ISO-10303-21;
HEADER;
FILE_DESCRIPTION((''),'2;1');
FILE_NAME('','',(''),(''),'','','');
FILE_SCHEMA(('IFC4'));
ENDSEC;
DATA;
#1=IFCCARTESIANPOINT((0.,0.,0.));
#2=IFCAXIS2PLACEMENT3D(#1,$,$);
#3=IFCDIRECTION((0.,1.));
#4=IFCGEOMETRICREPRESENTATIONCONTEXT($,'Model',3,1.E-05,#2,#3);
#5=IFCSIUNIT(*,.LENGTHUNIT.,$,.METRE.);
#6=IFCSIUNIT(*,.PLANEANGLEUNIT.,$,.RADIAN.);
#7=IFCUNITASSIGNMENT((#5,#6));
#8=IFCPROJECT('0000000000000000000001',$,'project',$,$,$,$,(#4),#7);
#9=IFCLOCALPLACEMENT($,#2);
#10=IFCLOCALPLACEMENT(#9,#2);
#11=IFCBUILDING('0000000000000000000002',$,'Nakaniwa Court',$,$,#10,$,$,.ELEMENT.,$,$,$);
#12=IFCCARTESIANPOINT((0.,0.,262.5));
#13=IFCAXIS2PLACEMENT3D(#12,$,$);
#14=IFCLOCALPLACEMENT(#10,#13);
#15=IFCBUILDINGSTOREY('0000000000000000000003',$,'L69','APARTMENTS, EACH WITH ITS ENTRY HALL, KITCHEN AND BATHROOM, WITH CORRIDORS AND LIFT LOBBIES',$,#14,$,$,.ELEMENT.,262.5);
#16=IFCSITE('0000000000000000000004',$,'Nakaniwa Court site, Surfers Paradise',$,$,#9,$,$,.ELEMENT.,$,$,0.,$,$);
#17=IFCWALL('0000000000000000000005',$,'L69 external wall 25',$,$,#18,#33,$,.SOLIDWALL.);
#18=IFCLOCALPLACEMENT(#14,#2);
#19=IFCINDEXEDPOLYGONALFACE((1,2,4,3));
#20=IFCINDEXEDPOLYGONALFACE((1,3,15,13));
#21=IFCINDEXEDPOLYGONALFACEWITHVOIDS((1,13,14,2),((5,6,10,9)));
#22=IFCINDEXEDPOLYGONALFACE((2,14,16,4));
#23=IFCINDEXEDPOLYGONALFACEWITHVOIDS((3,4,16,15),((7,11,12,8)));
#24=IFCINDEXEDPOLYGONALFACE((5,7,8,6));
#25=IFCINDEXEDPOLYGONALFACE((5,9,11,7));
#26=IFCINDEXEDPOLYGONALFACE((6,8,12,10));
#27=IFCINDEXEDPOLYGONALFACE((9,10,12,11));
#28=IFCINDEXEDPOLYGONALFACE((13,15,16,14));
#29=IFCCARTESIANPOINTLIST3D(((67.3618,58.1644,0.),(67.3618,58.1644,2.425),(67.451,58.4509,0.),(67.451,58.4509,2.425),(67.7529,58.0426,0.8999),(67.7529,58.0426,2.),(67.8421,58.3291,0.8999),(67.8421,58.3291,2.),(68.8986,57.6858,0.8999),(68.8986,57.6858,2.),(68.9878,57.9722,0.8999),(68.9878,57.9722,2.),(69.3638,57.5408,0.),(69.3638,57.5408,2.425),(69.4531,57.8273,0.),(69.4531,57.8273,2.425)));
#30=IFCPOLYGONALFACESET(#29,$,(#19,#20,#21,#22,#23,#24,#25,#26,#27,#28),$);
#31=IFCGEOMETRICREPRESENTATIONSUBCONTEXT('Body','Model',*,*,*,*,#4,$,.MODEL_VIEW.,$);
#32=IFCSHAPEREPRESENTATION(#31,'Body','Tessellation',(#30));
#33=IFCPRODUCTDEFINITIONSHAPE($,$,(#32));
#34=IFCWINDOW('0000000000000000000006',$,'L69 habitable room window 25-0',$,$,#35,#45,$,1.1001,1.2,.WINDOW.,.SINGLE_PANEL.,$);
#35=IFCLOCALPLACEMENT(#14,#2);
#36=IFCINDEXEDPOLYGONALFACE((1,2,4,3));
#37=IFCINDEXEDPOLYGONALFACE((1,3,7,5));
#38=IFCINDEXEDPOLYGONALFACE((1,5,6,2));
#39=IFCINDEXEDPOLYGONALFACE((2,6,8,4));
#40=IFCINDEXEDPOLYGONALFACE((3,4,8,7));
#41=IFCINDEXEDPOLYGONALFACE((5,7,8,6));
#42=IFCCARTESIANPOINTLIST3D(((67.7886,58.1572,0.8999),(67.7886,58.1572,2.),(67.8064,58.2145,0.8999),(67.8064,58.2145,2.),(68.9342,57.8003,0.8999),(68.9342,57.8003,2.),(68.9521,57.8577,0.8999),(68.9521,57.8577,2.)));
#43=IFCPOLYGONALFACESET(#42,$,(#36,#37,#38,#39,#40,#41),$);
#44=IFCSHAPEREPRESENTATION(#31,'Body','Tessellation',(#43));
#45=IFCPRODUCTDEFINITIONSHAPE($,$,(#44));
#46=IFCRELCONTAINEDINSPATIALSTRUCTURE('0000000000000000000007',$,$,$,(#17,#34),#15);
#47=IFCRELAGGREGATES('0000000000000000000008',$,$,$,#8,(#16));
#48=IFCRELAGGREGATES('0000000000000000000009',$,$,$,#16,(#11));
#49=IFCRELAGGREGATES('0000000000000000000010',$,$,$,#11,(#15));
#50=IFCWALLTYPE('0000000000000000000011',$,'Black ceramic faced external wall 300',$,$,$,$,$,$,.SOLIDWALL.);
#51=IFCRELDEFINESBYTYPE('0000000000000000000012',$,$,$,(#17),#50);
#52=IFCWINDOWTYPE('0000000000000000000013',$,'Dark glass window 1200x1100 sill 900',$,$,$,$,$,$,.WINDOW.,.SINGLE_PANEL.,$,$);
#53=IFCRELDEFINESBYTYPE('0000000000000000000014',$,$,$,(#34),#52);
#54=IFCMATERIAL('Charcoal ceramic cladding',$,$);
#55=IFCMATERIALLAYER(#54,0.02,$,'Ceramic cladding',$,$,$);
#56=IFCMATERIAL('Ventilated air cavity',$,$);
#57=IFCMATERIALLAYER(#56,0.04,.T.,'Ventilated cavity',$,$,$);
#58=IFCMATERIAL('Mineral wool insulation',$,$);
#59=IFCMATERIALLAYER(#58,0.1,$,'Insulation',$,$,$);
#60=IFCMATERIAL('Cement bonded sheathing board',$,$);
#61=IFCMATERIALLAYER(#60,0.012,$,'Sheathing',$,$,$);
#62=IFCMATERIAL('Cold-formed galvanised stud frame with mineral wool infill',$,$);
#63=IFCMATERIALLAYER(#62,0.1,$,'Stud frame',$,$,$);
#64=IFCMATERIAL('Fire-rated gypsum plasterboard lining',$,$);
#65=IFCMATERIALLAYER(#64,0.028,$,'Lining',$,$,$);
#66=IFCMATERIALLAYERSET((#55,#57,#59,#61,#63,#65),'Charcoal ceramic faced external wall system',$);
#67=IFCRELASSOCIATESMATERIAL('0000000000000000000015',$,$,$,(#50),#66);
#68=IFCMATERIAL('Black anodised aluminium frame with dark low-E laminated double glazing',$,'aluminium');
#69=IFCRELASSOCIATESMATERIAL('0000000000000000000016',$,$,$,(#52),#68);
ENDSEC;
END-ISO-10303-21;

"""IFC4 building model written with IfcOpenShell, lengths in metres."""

from ifc_helpers import new_model, si_unit, direction, frame, frame_2d, origin, place, context, subcontext, project, spatial, rectangle, extrude, material, layer, layer_set, type_object, element, fill, save


model = new_model("IFC4")

# Units and contexts
model_context = context("Model", 3, precision=1e-05, world=origin(), true_north=direction((0.0, 1.0)))
body_context = subcontext(model_context, "Body", "Model", "MODEL_VIEW")
ifc_project = project(units=[si_unit("LENGTHUNIT", "METRE"), si_unit("PLANEANGLEUNIT", "RADIAN")], contexts=[model_context])

# Site, building, storey
site_placement = place(None, origin())
site = spatial("IfcSite", under=ifc_project, at=site_placement, Name="Nakaniwa Court site, Surfers Paradise", CompositionType="ELEMENT", RefElevation=0.0)
building_placement = place(site_placement, origin())
building = spatial("IfcBuilding", under=site, at=building_placement, Name="Nakaniwa Court", CompositionType="ELEMENT")
storey_placement = place(building_placement, frame((0.0, 0.0, 262.5)))
storey = spatial("IfcBuildingStorey", under=building, at=storey_placement, Name="L69", Description="APARTMENTS, EACH WITH ITS ENTRY HALL, KITCHEN AND BATHROOM, WITH CORRIDORS AND LIFT LOBBIES", CompositionType="ELEMENT", Elevation=262.5)

# Wall, opening, window
ifc_material_1 = material(Name="Charcoal ceramic cladding")
ifc_layer_1 = layer(ifc_material_1, 0.02, Name="Ceramic cladding")
ifc_material_2 = material(Name="Ventilated air cavity")
ifc_layer_2 = layer(ifc_material_2, 0.04, ventilated=True, Name="Ventilated cavity")
ifc_material_3 = material(Name="Mineral wool insulation")
ifc_layer_3 = layer(ifc_material_3, 0.1, Name="Insulation")
ifc_material_4 = material(Name="Cement bonded sheathing board")
ifc_layer_4 = layer(ifc_material_4, 0.012, Name="Sheathing")
ifc_material_5 = material(Name="Cold-formed galvanised stud frame with mineral wool infill")
ifc_layer_5 = layer(ifc_material_5, 0.1, Name="Stud frame")
ifc_material_6 = material(Name="Fire-rated gypsum plasterboard lining")
ifc_layer_6 = layer(ifc_material_6, 0.028, Name="Lining")
ifc_layer_set_1 = layer_set([ifc_layer_1, ifc_layer_2, ifc_layer_3, ifc_layer_4, ifc_layer_5, ifc_layer_6], Name="Charcoal ceramic faced external wall system")
wall_type_1 = type_object("IfcWallType", Name="Black ceramic faced external wall 300", PredefinedType="SOLIDWALL", material=ifc_layer_set_1)
ifc_material_7 = material(Name="Black anodised aluminium frame with dark low-E laminated double glazing", Category="aluminium")
window_type_1 = type_object("IfcWindowType", Name="Dark glass window 1200x1100 sill 900", PartitioningType="SINGLE_PANEL", PredefinedType="WINDOW", material=ifc_material_7)
wall_1_placement = place(storey_placement, frame((67.4065, 58.3076, 0.0), z_axis=(0.0, 0.0, 1.0), x_axis=(0.954761, -0.297373, 0.0)))
wall_1 = element("IfcWall", 1, at=wall_1_placement, inside=storey, type_object=wall_type_1, Name="L69 external wall 25", PredefinedType="SOLIDWALL", context=body_context, shape_type="SweptSolid", body=[
    extrude(rectangle(XDim=2.0969, YDim=0.3, at=frame_2d((1.0483, 0.0))), origin(), (0.0, 0.0, 1.0), 2.425),
])
opening_1_placement = place(wall_1_placement, frame((0.4094, 0.0, 0.8999)))
opening_1 = element("IfcOpeningElement", 2, at=opening_1_placement, cuts=wall_1, PredefinedType="OPENING", context=body_context, shape_type="SweptSolid", body=[
    extrude(rectangle(XDim=1.2, YDim=1.1001, at=frame_2d((0.6001, 0.55))), frame((0.0, 0.1599, 0.0), z_axis=(0.0, -1.0, 0.0), x_axis=(1.0, 0.0, 0.0)), (0.0, 0.0, 1.0), 0.3201),
])
window_1_placement = place(opening_1_placement, origin())
window_1 = element("IfcWindow", 3, at=window_1_placement, inside=storey, type_object=window_type_1, Name="L69 habitable room window 25-0", OverallHeight=1.1001, OverallWidth=1.2, PartitioningType="SINGLE_PANEL", PredefinedType="WINDOW", context=body_context, shape_type="SweptSolid", body=[
    extrude(rectangle(XDim=1.2, YDim=1.1001, at=frame_2d((0.6001, 0.55))), frame((0.0, 0.03, 0.0), z_axis=(0.0, -1.0, 0.0), x_axis=(1.0, 0.0, 0.0)), (0.0, 0.0, 1.0), 0.0601),
])
fill(opening_1, window_1)

save(model, "model.ifc")
